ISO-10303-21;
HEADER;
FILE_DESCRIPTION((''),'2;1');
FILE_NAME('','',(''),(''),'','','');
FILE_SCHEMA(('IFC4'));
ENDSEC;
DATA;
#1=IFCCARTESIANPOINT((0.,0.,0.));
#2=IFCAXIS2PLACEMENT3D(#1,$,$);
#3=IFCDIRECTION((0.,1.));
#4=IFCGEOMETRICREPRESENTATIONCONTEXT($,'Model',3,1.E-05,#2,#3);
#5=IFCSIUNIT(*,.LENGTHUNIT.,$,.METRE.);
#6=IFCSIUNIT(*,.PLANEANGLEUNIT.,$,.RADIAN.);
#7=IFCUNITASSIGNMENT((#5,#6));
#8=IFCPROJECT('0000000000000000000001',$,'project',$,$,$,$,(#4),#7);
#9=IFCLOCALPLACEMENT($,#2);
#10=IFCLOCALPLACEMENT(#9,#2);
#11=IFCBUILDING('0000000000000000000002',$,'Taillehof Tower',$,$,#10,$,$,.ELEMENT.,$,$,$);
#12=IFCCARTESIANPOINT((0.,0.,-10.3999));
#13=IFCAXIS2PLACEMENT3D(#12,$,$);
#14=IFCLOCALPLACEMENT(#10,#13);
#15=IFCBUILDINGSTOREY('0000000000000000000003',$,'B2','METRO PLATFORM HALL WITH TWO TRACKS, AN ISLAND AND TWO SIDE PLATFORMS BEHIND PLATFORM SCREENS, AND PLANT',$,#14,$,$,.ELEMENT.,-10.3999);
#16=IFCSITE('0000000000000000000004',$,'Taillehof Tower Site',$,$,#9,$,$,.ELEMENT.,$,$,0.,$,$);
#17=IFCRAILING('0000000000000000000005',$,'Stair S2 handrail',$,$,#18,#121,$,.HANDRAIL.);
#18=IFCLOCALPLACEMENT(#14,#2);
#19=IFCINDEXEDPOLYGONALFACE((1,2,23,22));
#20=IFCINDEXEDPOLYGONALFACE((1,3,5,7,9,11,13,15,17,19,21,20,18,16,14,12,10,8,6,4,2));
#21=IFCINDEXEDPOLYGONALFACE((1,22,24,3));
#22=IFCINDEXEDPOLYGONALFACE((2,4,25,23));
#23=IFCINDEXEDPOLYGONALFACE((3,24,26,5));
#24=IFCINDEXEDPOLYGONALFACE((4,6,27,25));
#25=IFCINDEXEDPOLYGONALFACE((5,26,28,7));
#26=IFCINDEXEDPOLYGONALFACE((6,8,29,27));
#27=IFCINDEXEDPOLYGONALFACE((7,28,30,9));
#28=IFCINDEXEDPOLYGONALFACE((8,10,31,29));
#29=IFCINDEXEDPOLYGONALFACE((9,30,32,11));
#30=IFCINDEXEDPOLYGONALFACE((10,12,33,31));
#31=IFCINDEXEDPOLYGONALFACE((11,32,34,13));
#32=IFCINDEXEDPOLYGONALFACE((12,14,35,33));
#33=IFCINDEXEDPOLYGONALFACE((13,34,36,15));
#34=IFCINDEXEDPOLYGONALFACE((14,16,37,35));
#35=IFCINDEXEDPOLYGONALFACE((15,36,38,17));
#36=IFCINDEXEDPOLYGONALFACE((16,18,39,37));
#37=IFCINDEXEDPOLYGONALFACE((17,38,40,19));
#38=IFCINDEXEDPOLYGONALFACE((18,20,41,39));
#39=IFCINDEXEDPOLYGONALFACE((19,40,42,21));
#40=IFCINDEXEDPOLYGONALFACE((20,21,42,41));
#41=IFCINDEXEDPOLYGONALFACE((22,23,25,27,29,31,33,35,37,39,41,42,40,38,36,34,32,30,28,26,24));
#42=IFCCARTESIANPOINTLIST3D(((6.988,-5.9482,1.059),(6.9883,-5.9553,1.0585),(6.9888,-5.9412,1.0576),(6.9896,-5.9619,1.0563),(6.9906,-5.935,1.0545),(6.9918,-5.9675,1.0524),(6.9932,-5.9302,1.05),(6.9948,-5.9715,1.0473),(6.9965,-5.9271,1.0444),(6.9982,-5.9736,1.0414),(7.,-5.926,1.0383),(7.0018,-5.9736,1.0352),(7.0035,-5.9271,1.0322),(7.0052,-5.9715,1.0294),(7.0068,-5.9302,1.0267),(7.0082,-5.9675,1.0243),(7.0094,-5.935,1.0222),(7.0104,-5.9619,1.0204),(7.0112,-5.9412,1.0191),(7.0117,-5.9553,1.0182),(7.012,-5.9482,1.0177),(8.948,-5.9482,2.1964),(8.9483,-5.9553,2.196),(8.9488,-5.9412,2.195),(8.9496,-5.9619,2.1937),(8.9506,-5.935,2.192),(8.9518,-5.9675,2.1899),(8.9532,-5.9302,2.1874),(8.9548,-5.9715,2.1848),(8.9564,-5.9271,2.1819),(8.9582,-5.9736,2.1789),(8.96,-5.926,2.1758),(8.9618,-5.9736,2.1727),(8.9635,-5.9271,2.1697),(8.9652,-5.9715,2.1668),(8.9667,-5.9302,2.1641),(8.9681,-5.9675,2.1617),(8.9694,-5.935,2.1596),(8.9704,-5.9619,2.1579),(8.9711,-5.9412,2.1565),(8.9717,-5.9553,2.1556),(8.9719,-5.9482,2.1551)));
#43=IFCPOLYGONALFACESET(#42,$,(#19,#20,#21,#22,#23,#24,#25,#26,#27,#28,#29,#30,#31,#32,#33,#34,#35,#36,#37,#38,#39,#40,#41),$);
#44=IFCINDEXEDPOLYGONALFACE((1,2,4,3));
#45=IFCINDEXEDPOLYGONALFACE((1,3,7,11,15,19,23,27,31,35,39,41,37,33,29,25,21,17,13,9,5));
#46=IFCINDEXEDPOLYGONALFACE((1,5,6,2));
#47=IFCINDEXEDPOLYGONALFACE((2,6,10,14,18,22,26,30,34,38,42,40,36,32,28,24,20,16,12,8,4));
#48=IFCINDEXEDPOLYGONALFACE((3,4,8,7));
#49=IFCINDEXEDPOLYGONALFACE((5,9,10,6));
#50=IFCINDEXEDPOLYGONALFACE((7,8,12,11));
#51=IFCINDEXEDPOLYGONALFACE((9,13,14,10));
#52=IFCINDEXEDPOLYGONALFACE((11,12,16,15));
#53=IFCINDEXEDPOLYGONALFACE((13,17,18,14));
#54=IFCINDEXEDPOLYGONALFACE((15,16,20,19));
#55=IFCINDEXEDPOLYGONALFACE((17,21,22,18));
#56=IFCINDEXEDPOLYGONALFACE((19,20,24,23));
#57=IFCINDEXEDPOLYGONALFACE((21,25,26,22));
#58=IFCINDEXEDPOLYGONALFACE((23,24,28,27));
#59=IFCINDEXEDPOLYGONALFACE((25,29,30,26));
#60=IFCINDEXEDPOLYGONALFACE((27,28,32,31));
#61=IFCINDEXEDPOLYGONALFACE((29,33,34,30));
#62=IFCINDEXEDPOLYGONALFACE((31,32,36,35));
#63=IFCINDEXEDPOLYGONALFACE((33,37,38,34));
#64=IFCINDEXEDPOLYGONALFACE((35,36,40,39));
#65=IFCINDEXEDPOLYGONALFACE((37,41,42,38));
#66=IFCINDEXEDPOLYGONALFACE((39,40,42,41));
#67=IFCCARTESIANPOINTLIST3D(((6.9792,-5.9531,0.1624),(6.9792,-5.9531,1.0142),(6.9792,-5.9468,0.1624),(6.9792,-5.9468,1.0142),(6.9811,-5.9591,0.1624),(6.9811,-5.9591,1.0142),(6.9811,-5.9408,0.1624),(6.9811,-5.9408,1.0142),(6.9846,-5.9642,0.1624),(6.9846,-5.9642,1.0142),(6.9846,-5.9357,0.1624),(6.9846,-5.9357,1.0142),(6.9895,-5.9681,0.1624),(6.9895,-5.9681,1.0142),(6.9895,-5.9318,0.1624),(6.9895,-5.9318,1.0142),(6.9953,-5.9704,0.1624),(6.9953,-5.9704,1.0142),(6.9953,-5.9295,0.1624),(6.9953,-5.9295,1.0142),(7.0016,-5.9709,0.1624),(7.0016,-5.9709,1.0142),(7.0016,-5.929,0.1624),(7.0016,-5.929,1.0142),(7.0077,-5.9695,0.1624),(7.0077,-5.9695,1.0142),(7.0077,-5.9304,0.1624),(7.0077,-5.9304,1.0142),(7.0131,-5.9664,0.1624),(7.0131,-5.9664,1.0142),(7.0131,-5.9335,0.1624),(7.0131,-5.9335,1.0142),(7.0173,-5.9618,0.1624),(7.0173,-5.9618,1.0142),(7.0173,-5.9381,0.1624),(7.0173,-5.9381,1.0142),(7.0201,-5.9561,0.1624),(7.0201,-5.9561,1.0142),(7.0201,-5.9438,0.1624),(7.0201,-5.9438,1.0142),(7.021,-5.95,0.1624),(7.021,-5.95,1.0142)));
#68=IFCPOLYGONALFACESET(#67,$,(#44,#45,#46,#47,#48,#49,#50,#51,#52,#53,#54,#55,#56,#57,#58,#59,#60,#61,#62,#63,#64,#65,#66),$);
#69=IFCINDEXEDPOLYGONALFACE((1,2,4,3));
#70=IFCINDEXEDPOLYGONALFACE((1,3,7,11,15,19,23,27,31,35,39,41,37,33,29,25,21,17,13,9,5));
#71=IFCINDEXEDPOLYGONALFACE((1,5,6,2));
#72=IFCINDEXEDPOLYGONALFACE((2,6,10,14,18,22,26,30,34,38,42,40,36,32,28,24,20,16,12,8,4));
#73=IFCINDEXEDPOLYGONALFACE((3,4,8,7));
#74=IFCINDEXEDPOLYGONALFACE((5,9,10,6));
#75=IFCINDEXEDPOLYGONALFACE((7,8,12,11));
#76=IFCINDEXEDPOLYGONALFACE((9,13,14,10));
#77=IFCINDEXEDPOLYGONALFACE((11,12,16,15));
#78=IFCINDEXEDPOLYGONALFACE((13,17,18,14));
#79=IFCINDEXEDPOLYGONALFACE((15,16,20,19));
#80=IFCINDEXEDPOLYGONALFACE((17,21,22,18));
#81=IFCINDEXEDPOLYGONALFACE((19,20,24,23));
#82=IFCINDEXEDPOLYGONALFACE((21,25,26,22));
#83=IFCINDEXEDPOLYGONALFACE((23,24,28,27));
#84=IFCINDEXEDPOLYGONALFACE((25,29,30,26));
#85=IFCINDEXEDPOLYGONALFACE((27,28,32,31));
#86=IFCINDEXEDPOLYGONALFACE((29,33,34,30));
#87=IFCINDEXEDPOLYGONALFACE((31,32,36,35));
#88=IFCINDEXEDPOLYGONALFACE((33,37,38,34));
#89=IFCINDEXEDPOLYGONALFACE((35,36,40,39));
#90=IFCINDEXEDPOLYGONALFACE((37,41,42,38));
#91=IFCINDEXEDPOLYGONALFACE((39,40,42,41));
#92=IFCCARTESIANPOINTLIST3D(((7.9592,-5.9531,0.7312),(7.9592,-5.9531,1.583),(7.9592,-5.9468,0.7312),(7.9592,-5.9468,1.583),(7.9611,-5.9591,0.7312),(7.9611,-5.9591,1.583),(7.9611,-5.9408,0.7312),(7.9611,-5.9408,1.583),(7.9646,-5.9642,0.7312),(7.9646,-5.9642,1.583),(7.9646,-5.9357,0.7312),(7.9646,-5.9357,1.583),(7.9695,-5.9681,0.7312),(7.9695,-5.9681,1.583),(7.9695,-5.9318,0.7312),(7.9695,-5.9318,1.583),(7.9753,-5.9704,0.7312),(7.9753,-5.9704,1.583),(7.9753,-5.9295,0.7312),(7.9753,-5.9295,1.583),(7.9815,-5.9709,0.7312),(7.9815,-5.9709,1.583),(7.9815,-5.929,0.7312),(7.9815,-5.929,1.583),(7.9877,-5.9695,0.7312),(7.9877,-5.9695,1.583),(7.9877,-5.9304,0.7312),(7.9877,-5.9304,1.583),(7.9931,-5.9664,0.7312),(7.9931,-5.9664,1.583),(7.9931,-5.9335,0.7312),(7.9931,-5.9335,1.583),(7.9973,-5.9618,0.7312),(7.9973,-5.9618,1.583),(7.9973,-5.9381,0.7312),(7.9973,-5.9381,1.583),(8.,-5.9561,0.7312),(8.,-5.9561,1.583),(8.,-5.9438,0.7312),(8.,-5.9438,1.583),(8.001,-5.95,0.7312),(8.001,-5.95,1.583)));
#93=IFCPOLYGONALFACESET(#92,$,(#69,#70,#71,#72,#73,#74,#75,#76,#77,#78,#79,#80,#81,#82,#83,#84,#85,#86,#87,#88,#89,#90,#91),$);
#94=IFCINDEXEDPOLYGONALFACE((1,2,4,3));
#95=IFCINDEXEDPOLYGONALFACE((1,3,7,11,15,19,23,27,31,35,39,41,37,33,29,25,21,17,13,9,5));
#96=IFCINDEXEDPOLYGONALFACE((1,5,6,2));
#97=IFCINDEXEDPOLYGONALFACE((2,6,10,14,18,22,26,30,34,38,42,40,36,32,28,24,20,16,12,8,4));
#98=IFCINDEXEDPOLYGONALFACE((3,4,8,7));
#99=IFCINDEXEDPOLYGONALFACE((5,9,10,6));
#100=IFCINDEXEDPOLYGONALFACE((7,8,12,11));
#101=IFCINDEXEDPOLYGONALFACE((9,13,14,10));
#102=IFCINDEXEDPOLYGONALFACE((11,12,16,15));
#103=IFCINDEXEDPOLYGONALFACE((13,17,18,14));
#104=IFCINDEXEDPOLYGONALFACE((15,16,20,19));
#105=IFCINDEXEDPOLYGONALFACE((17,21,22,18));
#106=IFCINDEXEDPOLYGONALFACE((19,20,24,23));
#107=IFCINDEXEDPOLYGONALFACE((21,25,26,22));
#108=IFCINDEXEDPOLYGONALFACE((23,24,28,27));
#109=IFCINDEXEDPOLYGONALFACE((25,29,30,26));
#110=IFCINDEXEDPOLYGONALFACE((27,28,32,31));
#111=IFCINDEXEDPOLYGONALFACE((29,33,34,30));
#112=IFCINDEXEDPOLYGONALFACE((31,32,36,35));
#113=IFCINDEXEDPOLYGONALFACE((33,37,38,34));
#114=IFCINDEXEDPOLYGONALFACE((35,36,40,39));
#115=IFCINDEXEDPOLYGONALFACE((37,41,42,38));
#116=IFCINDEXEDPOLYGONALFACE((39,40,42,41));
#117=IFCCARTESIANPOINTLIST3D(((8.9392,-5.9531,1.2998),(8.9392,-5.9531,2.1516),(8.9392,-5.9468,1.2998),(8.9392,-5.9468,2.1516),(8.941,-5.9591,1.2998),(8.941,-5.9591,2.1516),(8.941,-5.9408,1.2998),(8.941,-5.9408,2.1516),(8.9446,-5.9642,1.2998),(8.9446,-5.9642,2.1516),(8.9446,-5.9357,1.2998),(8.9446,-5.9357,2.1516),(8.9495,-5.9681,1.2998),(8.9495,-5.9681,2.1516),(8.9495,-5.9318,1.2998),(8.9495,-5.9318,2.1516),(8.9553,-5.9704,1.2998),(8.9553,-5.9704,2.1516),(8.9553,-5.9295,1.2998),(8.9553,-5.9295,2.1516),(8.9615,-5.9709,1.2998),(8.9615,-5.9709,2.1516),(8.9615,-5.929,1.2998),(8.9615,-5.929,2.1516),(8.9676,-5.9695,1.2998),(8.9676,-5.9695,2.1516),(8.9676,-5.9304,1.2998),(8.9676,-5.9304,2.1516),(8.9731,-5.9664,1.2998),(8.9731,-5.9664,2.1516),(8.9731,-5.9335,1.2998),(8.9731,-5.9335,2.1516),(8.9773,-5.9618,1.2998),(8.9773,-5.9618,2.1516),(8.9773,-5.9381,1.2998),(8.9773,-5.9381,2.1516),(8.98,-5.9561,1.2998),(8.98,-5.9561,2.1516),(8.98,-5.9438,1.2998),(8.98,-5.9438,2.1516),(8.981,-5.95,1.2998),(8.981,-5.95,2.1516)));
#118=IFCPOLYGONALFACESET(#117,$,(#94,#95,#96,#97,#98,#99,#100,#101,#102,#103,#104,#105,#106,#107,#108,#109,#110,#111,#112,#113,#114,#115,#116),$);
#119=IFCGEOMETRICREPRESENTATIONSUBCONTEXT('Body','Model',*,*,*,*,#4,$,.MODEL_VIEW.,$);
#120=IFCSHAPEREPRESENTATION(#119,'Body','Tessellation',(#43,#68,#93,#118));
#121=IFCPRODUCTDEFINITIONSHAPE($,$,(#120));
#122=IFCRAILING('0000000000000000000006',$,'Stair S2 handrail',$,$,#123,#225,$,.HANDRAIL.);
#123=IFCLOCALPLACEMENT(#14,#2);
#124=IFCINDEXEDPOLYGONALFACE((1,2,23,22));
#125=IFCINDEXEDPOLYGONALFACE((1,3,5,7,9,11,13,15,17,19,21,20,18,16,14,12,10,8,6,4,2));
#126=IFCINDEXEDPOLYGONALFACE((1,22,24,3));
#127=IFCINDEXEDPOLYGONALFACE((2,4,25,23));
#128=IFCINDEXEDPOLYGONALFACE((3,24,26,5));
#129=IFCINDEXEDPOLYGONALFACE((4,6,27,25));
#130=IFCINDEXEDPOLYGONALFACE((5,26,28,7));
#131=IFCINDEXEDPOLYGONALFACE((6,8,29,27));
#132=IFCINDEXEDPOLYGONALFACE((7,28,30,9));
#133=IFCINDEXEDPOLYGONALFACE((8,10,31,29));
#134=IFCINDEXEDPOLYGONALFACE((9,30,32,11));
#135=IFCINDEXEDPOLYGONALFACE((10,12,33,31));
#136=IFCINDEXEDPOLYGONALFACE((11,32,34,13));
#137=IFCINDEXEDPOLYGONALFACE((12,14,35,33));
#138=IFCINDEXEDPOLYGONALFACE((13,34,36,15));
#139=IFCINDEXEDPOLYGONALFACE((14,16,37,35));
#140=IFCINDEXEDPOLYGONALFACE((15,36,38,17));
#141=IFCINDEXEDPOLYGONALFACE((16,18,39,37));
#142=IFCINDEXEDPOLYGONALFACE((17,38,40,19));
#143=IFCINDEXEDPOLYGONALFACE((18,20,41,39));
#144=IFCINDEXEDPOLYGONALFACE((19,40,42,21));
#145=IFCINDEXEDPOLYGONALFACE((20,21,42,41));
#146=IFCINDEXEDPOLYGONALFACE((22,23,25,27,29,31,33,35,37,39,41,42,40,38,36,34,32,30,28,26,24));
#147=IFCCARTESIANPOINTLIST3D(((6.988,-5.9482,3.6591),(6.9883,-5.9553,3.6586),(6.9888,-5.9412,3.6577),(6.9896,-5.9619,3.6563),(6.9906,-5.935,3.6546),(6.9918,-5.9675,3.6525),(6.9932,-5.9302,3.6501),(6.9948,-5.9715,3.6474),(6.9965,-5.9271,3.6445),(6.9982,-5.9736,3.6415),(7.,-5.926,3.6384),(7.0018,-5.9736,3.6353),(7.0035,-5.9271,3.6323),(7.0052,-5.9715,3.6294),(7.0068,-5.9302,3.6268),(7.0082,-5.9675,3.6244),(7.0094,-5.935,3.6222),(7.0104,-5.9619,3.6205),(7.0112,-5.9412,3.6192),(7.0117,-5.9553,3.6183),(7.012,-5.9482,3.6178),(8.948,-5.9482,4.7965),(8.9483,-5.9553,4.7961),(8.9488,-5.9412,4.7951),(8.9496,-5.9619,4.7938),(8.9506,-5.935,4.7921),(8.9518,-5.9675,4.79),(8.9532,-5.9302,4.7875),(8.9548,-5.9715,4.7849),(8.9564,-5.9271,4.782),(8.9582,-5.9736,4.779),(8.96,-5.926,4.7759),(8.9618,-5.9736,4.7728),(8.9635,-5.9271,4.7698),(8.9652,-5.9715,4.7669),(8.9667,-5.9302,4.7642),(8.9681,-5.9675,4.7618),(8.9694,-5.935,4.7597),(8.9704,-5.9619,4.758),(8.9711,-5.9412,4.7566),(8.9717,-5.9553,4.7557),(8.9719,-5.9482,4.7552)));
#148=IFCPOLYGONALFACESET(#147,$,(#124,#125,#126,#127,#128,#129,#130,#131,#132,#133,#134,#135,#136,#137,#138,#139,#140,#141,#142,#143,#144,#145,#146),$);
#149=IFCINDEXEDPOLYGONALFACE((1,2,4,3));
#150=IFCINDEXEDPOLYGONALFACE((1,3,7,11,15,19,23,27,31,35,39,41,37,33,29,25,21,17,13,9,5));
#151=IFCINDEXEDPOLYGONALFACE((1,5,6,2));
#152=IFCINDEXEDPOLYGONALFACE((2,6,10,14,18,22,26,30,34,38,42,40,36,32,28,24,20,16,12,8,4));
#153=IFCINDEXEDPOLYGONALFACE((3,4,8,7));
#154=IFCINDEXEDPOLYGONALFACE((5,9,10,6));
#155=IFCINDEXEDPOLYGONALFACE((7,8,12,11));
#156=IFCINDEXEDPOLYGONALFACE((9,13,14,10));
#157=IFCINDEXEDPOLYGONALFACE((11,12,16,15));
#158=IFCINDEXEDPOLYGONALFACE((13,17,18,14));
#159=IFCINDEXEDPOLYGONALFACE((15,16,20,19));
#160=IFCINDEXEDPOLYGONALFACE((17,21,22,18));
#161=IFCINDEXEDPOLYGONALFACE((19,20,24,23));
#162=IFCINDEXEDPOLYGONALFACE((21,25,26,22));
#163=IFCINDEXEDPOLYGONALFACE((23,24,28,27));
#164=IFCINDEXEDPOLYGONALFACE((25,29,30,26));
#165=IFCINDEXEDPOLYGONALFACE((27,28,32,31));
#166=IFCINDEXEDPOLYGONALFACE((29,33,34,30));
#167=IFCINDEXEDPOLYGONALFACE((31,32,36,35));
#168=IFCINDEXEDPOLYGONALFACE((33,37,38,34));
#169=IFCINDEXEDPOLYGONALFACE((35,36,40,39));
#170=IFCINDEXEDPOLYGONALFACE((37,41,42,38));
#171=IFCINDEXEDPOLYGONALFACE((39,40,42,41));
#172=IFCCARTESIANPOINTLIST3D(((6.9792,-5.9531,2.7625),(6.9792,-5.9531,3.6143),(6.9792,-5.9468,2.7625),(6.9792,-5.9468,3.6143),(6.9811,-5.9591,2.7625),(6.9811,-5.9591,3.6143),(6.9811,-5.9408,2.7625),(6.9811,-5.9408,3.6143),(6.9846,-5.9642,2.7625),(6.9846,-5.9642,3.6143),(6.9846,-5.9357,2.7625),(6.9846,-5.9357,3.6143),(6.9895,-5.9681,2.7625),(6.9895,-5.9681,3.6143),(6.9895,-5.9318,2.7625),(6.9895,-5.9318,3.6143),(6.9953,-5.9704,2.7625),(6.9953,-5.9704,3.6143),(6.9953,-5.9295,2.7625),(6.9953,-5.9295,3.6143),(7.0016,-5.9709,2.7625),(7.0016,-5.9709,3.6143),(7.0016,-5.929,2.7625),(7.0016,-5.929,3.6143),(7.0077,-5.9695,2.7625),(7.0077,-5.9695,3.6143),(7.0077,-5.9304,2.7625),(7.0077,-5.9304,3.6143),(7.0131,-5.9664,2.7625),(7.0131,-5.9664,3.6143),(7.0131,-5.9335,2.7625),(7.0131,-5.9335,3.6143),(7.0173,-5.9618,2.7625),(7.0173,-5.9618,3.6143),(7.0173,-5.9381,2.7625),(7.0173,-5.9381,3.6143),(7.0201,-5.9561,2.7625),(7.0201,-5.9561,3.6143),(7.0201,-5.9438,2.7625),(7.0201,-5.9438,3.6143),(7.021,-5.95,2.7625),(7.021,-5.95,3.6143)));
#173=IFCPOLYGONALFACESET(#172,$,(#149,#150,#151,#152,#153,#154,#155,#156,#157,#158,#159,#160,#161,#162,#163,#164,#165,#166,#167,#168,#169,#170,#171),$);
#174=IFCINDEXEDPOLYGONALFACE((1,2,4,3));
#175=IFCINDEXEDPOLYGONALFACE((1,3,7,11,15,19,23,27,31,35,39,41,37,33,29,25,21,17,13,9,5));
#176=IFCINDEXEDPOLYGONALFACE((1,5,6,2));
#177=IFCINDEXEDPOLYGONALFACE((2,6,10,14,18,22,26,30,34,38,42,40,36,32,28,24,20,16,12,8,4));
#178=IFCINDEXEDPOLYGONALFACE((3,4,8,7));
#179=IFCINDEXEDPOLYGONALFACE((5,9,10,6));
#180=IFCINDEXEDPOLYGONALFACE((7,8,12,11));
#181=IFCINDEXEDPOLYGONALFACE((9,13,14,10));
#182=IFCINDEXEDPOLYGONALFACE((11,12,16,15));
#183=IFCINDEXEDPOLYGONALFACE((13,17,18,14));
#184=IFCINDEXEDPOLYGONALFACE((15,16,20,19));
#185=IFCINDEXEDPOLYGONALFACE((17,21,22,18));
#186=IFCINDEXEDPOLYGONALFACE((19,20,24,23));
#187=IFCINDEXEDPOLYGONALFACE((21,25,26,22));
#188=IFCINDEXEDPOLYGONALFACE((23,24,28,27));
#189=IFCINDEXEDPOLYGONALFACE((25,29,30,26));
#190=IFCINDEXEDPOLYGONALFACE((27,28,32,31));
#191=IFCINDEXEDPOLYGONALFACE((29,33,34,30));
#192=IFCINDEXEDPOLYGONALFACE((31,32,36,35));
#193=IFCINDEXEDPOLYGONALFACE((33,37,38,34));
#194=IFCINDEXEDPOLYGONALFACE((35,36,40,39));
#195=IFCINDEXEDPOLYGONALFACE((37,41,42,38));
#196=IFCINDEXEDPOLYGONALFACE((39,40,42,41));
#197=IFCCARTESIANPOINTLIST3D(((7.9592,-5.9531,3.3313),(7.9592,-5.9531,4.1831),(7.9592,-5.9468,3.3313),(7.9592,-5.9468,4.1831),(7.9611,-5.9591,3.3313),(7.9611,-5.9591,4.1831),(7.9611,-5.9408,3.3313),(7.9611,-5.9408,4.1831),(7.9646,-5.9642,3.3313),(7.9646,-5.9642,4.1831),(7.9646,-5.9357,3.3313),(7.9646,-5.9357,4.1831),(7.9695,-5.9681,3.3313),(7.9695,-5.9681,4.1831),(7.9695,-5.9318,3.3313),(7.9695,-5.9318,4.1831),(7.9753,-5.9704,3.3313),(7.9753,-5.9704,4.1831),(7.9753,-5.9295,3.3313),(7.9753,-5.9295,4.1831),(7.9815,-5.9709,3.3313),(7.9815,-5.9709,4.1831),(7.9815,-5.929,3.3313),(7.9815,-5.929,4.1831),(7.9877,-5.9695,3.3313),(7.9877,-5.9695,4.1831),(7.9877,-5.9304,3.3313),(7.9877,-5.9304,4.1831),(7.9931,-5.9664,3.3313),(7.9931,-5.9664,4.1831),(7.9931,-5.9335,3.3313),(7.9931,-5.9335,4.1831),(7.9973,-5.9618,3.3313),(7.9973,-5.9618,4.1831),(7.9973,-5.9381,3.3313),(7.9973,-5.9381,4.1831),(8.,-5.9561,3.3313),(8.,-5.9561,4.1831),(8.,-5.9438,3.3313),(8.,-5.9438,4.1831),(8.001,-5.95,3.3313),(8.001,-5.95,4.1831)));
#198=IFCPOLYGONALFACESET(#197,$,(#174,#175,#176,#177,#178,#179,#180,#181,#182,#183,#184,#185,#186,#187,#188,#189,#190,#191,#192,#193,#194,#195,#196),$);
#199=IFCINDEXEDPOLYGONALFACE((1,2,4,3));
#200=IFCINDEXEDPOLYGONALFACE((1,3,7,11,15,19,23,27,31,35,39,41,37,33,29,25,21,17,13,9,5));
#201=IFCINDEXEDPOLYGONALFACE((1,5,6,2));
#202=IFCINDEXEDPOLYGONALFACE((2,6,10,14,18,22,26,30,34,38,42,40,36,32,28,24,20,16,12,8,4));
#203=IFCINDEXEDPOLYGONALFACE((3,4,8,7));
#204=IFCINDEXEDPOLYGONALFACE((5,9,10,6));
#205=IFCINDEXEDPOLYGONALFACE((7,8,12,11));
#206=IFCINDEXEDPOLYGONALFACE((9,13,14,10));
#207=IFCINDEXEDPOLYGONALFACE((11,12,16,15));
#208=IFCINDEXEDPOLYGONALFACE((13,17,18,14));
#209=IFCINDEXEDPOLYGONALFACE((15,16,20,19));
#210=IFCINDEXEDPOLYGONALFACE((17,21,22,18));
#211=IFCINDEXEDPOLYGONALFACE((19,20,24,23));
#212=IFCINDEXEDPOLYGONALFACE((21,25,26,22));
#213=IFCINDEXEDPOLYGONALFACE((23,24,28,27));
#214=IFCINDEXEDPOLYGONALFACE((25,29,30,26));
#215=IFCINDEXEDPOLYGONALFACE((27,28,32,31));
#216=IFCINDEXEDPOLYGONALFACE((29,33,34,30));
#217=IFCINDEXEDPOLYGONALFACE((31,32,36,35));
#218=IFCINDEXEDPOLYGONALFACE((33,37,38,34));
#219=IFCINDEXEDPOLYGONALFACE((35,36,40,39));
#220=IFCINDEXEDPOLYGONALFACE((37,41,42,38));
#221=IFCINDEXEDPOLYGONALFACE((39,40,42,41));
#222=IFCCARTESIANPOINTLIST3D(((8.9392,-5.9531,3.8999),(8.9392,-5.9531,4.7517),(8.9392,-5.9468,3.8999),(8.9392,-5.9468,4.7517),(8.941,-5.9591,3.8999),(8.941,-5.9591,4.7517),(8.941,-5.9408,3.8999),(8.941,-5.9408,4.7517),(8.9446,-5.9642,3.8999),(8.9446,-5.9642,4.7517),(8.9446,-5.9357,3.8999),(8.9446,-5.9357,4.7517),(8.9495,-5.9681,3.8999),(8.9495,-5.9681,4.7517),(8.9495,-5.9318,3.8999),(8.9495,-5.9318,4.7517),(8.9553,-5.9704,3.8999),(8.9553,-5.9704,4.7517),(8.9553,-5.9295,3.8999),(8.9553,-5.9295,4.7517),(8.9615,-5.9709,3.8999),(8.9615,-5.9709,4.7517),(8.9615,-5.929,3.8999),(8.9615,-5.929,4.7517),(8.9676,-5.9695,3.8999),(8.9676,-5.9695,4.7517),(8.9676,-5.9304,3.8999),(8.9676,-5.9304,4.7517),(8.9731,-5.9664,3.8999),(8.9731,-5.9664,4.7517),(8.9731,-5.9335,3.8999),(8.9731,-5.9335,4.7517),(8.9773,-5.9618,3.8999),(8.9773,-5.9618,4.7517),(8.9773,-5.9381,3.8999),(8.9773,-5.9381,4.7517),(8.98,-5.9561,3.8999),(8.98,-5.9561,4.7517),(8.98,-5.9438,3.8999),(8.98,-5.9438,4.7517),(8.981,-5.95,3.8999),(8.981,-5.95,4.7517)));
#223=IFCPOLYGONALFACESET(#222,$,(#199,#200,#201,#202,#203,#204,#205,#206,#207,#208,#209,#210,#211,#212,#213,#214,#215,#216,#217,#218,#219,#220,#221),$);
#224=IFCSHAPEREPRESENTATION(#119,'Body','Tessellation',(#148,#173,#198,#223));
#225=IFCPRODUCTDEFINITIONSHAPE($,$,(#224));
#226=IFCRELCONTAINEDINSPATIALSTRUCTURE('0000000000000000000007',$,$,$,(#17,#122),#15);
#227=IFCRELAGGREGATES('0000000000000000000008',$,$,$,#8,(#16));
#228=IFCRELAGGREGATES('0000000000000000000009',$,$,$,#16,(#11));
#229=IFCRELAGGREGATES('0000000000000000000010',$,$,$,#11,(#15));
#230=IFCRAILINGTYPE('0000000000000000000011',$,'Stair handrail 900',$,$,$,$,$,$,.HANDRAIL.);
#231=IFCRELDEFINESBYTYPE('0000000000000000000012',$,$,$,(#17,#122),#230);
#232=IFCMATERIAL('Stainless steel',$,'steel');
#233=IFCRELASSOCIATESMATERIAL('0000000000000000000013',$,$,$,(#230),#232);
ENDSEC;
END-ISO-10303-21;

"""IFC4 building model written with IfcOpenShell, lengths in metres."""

from ifc_helpers import new_model, si_unit, direction, frame, origin, origin_2d, place, context, subcontext, project, spatial, circle, extrude, material, type_object, element, save


model = new_model("IFC4")

# Units and contexts
model_context = context("Model", 3, precision=1e-05, world=origin(), true_north=direction((0.0, 1.0)))
body_context = subcontext(model_context, "Body", "Model", "MODEL_VIEW")
ifc_project = project(units=[si_unit("LENGTHUNIT", "METRE"), si_unit("PLANEANGLEUNIT", "RADIAN")], contexts=[model_context])

# Site, building, storey
site_placement = place(None, origin())
site = spatial("IfcSite", under=ifc_project, at=site_placement, Name="Taillehof Tower Site", CompositionType="ELEMENT", RefElevation=0.0)
building_placement = place(site_placement, origin())
building = spatial("IfcBuilding", under=site, at=building_placement, Name="Taillehof Tower", CompositionType="ELEMENT")
storey_placement = place(building_placement, frame((0.0, 0.0, -10.3999)))
storey = spatial("IfcBuildingStorey", under=building, at=storey_placement, Name="B2", Description="METRO PLATFORM HALL WITH TWO TRACKS, AN ISLAND AND TWO SIDE PLATFORMS BEHIND PLATFORM SCREENS, AND PLANT", CompositionType="ELEMENT", Elevation=-10.3999)

# Railings
ifc_material_1 = material(Name="Stainless steel", Category="steel")
railing_type = type_object("IfcRailingType", Name="Stair handrail 900", PredefinedType="HANDRAIL", material=ifc_material_1)
for number, where, name in (
    (1, (7.0, -5.95, 0.1624), "Stair S2 handrail"),
    (2, (7.0, -5.95, 2.7625), "Stair S2 handrail"),
):
    element("IfcRailing", number, at=place(storey_placement, frame(where)), inside=storey, type_object=railing_type, Name=name, PredefinedType="HANDRAIL", context=body_context, shape_type="SweptSolid", body=[
        extrude(circle(Radius=0.0239, at=origin_2d()), frame((0.0, 0.0, 0.876), z_axis=(0.864902, 0.0, 0.501941), x_axis=(0.0, 1.0, 0.0)), (0.0, 0.0, 1.0), 2.2661),
        extrude(circle(Radius=0.021, at=origin_2d()), origin(), (0.0, 0.0, 1.0), 0.8518),
        extrude(circle(Radius=0.021, at=origin_2d()), frame((0.98, 0.0, 0.5688)), (0.0, 0.0, 1.0), 0.8518),
        extrude(circle(Radius=0.021, at=origin_2d()), frame((1.96, 0.0, 1.1375)), (0.0, 0.0, 1.0), 0.8518),
    ])

save(model, "model.ifc")
